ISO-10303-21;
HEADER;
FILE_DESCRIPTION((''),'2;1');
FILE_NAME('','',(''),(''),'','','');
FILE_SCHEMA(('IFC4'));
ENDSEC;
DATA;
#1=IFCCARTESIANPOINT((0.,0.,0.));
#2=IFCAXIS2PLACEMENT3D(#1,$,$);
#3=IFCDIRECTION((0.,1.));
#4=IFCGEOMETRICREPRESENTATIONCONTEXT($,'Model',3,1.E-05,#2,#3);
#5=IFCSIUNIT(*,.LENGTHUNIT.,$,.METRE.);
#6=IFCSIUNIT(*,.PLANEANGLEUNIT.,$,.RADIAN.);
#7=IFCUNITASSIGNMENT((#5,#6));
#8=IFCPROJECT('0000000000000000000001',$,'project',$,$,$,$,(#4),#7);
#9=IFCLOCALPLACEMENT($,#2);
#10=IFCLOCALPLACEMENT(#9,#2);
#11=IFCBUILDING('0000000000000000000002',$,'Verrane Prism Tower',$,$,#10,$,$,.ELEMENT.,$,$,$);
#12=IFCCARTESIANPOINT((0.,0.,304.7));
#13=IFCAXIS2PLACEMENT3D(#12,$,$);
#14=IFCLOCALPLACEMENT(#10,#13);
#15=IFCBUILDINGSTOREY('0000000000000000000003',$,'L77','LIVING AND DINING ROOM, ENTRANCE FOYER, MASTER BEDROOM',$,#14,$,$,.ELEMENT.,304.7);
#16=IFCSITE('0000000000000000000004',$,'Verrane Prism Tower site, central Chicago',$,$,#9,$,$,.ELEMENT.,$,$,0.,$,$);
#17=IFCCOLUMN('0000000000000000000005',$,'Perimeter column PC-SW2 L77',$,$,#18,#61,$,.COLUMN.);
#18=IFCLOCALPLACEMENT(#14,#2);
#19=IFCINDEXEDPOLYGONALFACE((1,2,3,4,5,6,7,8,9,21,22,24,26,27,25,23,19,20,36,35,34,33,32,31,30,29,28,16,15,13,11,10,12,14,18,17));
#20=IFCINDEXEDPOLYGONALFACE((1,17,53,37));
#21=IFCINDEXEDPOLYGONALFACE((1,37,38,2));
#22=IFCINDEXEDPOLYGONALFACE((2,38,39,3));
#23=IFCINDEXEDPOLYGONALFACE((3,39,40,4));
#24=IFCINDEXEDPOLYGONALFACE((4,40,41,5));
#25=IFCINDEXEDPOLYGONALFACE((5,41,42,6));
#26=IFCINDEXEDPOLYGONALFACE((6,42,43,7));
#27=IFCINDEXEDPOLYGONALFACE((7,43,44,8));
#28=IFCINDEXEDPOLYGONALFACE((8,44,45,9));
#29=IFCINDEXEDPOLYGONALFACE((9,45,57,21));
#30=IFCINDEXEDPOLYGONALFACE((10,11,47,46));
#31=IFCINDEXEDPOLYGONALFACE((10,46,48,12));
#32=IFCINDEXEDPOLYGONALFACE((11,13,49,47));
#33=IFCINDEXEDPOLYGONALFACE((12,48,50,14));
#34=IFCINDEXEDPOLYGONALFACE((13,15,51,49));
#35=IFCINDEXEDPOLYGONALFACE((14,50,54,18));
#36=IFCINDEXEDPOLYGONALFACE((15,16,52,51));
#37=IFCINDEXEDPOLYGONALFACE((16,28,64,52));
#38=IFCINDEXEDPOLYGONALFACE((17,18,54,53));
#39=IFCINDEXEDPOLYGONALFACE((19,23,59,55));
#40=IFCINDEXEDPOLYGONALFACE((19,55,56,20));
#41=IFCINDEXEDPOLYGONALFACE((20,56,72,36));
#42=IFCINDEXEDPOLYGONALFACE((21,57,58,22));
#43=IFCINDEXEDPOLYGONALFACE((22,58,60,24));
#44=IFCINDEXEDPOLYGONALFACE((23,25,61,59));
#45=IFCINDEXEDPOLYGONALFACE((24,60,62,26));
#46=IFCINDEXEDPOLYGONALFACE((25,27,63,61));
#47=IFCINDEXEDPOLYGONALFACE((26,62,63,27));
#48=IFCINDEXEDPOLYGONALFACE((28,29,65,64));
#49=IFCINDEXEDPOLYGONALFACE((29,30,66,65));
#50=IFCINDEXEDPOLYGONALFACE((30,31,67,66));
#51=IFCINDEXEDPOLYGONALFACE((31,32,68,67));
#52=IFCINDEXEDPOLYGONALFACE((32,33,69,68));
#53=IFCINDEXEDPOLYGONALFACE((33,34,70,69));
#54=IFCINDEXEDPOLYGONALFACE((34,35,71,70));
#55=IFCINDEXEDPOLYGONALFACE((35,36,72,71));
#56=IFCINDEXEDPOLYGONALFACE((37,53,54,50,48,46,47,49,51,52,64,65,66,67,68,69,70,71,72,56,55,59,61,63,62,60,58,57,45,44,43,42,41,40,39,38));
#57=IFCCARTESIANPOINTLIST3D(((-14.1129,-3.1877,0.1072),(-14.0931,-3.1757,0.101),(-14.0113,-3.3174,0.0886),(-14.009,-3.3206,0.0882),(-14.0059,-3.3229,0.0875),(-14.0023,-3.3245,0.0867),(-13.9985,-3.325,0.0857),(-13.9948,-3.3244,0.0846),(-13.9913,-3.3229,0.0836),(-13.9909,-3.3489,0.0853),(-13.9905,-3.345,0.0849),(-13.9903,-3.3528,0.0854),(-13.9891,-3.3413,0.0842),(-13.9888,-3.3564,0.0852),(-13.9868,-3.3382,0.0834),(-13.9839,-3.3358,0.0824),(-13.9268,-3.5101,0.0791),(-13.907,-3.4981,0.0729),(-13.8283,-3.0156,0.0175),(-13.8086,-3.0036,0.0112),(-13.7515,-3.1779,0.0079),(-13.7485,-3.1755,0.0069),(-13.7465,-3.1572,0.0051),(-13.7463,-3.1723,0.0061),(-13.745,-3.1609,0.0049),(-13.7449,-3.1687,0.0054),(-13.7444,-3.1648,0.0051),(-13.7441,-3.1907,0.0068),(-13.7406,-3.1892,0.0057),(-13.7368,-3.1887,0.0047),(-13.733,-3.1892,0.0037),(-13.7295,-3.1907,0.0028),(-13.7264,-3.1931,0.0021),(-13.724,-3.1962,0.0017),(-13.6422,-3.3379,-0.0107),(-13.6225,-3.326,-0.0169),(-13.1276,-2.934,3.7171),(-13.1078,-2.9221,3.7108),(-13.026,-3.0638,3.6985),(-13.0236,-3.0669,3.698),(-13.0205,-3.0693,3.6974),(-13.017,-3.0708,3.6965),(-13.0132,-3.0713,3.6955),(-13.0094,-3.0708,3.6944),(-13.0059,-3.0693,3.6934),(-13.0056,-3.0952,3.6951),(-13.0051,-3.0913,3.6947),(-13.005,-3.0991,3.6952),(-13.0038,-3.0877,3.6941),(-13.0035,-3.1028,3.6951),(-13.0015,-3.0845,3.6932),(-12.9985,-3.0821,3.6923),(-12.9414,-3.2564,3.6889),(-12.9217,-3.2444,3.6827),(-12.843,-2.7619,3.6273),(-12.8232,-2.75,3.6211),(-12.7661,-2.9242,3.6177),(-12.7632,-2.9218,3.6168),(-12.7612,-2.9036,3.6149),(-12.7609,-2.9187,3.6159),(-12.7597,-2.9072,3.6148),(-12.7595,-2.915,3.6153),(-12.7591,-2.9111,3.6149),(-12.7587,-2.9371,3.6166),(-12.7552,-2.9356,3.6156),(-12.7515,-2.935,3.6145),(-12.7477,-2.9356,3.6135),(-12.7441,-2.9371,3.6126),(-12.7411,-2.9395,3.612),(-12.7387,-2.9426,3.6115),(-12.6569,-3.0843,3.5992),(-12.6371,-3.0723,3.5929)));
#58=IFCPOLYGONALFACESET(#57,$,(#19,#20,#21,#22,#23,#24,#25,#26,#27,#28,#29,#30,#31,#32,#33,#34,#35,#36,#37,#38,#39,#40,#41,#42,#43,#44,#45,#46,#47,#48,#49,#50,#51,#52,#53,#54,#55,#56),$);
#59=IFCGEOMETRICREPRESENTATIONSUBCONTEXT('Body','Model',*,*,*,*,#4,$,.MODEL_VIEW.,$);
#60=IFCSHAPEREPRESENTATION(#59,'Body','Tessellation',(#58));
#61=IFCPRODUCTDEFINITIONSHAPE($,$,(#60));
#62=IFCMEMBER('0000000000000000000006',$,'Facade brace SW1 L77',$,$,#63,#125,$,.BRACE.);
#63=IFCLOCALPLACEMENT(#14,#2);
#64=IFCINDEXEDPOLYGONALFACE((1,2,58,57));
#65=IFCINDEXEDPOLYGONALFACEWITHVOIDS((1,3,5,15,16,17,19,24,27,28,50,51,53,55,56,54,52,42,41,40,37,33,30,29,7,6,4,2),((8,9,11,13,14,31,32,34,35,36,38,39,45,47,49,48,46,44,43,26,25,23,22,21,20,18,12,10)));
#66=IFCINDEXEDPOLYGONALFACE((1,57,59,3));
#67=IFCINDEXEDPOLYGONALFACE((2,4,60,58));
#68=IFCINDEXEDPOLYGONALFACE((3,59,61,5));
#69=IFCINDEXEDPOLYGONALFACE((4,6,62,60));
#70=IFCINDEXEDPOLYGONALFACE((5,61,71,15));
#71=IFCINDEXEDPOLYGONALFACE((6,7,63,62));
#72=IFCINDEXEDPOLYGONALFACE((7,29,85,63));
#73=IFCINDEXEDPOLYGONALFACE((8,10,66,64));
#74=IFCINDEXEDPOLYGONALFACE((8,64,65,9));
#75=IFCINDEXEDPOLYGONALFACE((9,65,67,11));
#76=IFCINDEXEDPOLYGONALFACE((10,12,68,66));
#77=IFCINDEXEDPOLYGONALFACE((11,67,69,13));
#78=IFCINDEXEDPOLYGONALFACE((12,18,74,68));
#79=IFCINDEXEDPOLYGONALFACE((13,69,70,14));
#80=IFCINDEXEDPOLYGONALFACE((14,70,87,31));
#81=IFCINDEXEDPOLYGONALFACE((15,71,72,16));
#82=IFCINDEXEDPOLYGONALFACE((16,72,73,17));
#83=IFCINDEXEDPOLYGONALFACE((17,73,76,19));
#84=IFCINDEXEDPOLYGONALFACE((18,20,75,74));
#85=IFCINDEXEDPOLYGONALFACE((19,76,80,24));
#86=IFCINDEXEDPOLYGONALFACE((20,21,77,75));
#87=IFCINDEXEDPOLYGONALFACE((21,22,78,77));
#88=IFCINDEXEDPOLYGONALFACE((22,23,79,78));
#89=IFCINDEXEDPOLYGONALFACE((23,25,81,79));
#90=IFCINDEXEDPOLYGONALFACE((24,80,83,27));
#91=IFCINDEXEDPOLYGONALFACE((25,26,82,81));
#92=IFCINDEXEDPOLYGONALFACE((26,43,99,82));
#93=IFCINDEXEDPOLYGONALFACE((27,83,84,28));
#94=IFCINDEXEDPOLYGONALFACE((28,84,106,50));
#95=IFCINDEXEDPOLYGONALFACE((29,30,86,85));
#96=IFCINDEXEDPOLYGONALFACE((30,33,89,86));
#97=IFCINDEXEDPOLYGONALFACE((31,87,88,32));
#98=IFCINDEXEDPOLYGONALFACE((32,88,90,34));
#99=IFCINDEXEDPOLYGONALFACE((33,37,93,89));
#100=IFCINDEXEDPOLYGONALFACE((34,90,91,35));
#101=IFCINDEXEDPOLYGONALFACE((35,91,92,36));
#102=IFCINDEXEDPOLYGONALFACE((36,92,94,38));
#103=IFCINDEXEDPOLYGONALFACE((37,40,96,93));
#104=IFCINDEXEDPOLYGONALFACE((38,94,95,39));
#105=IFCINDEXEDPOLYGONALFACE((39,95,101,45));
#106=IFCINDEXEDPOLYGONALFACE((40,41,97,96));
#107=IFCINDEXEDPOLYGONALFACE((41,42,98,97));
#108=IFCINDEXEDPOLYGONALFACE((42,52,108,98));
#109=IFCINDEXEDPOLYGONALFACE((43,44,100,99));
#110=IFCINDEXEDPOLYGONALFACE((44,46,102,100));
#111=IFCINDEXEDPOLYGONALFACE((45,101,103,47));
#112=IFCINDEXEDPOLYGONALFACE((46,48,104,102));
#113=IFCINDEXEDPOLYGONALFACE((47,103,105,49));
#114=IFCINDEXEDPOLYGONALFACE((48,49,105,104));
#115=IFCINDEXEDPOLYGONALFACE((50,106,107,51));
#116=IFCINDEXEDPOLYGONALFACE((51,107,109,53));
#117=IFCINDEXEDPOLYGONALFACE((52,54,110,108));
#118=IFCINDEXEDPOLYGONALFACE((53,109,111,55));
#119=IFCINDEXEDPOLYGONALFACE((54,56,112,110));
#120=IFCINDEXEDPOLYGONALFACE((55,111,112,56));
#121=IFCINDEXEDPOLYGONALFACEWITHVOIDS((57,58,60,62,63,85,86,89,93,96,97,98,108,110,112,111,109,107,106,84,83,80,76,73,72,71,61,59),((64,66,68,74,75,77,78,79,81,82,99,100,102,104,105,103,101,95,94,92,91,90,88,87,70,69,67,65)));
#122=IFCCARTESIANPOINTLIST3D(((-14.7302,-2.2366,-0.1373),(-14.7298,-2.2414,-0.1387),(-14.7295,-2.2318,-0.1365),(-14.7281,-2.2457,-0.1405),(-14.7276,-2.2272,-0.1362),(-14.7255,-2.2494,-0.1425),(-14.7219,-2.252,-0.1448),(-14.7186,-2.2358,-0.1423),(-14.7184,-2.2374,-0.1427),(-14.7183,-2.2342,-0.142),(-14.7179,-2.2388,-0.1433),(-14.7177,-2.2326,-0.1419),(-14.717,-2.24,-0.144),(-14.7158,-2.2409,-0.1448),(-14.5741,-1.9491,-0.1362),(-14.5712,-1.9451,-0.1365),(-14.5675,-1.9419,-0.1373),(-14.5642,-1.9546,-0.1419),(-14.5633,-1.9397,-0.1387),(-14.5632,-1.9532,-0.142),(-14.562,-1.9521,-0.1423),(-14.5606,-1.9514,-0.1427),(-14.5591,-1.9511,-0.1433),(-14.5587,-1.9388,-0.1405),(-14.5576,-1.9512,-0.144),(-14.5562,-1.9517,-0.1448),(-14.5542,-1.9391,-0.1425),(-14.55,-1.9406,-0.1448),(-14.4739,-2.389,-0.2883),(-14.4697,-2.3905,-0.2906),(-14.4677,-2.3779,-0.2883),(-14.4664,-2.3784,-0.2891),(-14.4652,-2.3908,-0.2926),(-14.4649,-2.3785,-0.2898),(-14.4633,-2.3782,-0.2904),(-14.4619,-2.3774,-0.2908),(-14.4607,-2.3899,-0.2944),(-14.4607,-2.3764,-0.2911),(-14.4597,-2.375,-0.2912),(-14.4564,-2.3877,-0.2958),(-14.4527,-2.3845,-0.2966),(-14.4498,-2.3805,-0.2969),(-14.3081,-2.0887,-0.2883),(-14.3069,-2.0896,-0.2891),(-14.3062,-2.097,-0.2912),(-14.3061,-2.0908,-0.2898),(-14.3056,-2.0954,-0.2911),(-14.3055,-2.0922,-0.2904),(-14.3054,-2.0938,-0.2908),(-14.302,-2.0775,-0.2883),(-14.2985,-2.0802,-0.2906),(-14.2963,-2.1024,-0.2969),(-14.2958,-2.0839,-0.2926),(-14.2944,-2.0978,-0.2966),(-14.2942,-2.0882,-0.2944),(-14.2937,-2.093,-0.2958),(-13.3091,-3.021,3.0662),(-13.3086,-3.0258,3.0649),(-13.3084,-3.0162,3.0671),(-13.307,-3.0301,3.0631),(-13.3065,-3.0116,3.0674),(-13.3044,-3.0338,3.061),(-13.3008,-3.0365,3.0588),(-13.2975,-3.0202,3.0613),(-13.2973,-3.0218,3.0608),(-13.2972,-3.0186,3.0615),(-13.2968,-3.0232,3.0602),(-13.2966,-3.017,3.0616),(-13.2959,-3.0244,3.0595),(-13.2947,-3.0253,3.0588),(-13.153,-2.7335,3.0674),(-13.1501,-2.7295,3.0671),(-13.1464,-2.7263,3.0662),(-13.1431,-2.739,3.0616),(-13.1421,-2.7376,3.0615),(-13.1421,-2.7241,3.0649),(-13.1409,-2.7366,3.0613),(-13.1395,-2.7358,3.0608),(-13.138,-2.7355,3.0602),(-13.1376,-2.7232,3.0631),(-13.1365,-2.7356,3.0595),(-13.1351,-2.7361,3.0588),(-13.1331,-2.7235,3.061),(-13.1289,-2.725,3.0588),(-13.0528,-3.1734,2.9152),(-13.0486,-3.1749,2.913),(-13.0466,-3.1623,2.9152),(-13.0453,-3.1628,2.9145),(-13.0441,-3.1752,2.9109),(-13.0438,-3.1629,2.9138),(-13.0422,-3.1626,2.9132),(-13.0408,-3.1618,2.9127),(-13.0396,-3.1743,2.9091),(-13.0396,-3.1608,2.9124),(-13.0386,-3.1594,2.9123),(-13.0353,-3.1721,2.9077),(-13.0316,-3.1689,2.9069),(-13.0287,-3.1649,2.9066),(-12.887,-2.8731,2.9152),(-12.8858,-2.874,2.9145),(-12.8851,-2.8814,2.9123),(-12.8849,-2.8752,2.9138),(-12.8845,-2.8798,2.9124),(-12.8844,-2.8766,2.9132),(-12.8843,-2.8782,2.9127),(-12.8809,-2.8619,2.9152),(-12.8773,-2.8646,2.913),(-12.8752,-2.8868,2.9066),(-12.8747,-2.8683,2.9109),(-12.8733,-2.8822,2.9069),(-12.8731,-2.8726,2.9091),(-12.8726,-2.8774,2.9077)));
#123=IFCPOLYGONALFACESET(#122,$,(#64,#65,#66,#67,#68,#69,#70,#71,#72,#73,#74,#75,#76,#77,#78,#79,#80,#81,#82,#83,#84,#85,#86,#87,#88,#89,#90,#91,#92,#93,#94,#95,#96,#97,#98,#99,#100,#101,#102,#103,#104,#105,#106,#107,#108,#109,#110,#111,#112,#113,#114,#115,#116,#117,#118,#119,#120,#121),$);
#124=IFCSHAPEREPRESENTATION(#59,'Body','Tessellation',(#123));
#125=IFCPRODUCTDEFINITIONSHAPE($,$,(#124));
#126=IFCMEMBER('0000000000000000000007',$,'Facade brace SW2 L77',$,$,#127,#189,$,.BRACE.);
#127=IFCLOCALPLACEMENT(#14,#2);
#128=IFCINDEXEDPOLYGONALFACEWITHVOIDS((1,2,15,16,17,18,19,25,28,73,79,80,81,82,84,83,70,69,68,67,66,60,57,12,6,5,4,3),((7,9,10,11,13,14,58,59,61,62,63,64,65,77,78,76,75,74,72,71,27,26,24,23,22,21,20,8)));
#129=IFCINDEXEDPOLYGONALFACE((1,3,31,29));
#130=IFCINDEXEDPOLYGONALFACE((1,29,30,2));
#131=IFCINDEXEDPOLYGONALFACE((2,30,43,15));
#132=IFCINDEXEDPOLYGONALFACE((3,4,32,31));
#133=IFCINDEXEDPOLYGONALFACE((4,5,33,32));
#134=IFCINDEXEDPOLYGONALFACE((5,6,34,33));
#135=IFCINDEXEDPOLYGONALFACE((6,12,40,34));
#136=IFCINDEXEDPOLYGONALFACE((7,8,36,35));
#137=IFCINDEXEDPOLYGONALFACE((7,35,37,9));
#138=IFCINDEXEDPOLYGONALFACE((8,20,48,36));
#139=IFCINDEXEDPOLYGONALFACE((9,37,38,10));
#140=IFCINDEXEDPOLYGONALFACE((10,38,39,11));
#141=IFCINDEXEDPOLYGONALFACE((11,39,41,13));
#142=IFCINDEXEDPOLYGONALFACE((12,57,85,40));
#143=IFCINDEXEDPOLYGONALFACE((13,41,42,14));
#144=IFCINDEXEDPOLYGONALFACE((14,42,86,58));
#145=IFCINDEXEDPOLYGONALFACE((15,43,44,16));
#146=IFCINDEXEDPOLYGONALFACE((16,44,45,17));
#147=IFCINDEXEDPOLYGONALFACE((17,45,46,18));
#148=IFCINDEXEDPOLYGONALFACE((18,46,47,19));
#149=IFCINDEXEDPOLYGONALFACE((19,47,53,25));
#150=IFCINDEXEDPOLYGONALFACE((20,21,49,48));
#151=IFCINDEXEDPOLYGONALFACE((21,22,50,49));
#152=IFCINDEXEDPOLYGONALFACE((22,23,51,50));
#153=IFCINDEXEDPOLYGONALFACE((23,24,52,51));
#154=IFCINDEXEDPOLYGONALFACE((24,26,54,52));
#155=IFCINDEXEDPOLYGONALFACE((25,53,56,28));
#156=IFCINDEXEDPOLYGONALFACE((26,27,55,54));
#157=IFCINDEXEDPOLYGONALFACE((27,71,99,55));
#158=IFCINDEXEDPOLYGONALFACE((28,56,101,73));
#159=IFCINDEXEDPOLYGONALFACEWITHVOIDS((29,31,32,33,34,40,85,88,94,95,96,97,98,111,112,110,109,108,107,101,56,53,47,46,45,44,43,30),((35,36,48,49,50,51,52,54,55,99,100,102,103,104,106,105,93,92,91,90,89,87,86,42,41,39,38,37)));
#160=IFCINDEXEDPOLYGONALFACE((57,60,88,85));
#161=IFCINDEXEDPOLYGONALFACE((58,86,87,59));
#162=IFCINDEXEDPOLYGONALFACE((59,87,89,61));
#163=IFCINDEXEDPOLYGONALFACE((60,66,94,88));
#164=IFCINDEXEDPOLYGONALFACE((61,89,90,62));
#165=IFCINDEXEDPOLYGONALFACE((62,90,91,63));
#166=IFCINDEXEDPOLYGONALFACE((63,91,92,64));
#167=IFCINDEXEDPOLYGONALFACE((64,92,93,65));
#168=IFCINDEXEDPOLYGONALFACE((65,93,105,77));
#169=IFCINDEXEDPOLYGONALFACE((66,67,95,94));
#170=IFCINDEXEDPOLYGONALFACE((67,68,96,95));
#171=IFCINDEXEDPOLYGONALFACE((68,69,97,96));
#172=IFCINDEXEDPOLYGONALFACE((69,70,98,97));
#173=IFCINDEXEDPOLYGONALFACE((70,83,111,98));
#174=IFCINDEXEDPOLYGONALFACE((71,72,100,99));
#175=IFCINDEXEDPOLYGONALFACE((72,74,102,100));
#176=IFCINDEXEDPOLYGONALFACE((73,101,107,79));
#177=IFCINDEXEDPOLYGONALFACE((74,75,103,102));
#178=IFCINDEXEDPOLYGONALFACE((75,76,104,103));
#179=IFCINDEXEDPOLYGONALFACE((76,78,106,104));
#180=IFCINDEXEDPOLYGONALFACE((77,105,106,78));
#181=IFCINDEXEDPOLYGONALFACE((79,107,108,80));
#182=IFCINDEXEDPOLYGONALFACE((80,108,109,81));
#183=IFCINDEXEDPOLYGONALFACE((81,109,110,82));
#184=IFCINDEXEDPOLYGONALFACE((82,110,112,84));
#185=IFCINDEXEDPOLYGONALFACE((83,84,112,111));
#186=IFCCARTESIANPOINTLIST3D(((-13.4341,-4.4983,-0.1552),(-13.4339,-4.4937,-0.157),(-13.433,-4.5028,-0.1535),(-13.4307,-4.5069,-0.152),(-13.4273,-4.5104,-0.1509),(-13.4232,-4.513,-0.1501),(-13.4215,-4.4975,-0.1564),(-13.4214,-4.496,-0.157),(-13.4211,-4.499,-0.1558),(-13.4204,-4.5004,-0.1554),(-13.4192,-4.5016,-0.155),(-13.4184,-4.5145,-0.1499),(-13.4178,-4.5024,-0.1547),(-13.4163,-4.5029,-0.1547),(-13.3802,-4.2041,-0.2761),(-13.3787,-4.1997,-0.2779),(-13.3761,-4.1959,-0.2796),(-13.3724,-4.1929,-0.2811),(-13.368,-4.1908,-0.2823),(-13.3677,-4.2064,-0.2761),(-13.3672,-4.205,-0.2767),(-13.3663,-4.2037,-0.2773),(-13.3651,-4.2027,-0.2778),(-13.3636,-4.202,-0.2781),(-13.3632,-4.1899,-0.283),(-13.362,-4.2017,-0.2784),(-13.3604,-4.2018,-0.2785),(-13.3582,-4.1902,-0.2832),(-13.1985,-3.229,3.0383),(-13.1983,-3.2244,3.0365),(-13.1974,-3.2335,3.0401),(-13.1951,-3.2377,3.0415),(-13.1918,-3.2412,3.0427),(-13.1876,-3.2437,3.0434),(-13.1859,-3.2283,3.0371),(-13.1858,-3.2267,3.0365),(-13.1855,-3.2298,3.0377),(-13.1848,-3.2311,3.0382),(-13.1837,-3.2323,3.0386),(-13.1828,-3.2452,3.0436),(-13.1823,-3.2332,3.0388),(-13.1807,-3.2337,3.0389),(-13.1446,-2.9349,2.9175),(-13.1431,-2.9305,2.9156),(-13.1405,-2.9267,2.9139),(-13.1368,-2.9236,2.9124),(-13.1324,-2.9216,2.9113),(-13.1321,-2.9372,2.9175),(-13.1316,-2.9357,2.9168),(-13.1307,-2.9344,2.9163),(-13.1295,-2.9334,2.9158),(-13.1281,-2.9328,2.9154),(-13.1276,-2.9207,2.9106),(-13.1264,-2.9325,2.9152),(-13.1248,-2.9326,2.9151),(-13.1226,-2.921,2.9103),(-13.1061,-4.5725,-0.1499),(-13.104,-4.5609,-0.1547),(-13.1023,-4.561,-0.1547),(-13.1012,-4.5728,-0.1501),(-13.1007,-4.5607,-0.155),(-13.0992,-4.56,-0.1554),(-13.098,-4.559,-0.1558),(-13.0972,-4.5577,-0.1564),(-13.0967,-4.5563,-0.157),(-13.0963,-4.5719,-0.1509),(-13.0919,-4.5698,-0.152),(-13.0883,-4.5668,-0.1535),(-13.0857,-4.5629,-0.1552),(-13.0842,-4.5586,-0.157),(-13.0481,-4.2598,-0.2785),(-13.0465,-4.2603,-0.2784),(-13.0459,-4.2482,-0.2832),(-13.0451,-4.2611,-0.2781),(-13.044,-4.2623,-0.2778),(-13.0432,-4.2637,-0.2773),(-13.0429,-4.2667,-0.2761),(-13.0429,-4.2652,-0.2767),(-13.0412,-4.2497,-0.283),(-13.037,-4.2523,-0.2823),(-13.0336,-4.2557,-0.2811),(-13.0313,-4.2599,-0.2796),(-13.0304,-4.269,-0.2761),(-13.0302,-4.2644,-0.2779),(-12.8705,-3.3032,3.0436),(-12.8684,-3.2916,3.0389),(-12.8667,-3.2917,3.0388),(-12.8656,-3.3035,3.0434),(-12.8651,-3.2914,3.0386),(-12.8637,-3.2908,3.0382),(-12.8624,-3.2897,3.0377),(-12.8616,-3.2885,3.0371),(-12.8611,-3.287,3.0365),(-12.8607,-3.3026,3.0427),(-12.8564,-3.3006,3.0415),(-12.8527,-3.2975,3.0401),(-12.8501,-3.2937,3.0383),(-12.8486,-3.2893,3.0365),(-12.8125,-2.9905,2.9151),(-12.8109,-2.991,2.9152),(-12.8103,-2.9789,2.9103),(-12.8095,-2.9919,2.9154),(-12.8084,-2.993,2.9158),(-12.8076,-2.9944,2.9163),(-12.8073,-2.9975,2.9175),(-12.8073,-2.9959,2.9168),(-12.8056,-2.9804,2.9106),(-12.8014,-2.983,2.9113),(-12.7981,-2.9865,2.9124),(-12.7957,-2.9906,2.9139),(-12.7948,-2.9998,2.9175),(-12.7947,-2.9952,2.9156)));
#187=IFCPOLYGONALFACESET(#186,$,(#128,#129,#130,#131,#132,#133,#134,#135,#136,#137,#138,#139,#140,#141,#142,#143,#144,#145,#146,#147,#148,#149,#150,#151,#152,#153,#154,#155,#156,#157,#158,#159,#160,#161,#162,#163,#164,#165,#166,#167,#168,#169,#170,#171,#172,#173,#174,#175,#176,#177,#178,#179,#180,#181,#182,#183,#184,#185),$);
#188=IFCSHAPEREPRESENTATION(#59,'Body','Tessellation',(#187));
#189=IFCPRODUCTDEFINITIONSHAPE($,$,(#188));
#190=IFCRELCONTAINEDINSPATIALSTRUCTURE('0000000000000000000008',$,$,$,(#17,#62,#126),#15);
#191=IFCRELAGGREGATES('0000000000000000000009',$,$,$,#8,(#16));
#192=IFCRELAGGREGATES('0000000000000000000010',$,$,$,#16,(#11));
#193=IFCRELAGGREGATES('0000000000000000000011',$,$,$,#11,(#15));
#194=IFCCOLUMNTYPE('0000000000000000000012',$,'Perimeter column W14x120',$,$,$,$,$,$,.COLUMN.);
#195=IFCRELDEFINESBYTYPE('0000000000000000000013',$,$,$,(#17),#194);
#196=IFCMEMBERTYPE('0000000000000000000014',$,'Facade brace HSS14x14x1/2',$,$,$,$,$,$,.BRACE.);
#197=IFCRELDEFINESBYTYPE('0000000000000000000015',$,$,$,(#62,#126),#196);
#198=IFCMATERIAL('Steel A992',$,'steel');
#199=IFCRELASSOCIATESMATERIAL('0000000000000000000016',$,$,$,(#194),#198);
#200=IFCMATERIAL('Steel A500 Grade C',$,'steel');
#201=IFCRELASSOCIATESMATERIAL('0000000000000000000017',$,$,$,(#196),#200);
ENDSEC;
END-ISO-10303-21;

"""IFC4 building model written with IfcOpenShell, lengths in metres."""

from ifc_helpers import new_model, si_unit, direction, frame, origin, origin_2d, place, context, subcontext, project, spatial, hollow_rectangle, i_section, extrude, material, material_profile, profile_set, type_object, element, save


model = new_model("IFC4")

# Units and contexts
model_context = context("Model", 3, precision=1e-05, world=origin(), true_north=direction((0.0, 1.0)))
body_context = subcontext(model_context, "Body", "Model", "MODEL_VIEW")
ifc_project = project(units=[si_unit("LENGTHUNIT", "METRE"), si_unit("PLANEANGLEUNIT", "RADIAN")], contexts=[model_context])

# Site, building, storey
site_placement = place(None, origin())
site = spatial("IfcSite", under=ifc_project, at=site_placement, Name="Verrane Prism Tower site, central Chicago", CompositionType="ELEMENT", RefElevation=0.0)
building_placement = place(site_placement, origin())
building = spatial("IfcBuilding", under=site, at=building_placement, Name="Verrane Prism Tower", CompositionType="ELEMENT")
storey_placement = place(building_placement, frame((0.0, 0.0, 304.7)))
storey = spatial("IfcBuildingStorey", under=building, at=storey_placement, Name="L77", Description="LIVING AND DINING ROOM, ENTRANCE FOYER, MASTER BEDROOM", CompositionType="ELEMENT", Elevation=304.7)

# Column
ifc_material_1 = material(Name="Steel A992", Category="steel")
ifc_material_profile_1 = material_profile(ifc_material_1, i_section(OverallWidth=0.3733, OverallDepth=0.3684, WebThickness=0.0149, FlangeThickness=0.0239, FilletRadius=0.0151, at=origin_2d()), Name="W14x120")
ifc_profile_set_1 = profile_set([ifc_material_profile_1], Name="Steel A992")
column_type = type_object("IfcColumnType", Name="Perimeter column W14x120", PredefinedType="COLUMN", material=ifc_profile_set_1)
column_placement = place(storey_placement, frame((-13.8677, -3.2568, 0.0452), z_axis=(0.262724, 0.067634, 0.962498), x_axis=(-0.498583, 0.863555, 0.075412)))
element("IfcColumn", 1, at=column_placement, inside=storey, type_object=column_type, Name="Perimeter column PC-SW2 L77", PredefinedType="COLUMN", context=body_context, shape_type="SweptSolid", body=[
    extrude(i_section(OverallWidth=0.3733, OverallDepth=0.3684, WebThickness=0.0149, FlangeThickness=0.0239, FilletRadius=0.0151, at=origin_2d()), origin(), (0.0, 0.0, 1.0), 3.7505),
])

# Members
ifc_material_2 = material(Name="Steel A500 Grade C", Category="steel")
ifc_material_profile_2 = material_profile(ifc_material_2, hollow_rectangle(XDim=0.3557, YDim=0.3557, WallThickness=0.0127, InnerFilletRadius=0.0063, OuterFilletRadius=0.019, at=origin_2d()), Name="HSS14x14x1/2")
ifc_profile_set_2 = profile_set([ifc_material_profile_2], Name="Steel A500 Grade C")
member_type_1 = type_object("IfcMemberType", Name="Facade brace HSS14x14x1/2", PredefinedType="BRACE", material=ifc_profile_set_2)
member_1_placement = place(storey_placement, frame((-14.512, -2.1648, -0.2166), z_axis=(0.395708, -0.218418, 0.892025), x_axis=(0.48324, 0.875488, 0.0)))
element("IfcMember", 2, at=member_1_placement, inside=storey, type_object=member_type_1, Name="Facade brace SW1 L77", PredefinedType="BRACE", context=body_context, shape_type="SweptSolid", body=[
    extrude(hollow_rectangle(XDim=0.3557, YDim=0.3557, WallThickness=0.0127, InnerFilletRadius=0.0063, OuterFilletRadius=0.019, at=origin_2d()), origin(), (0.0, 0.0, 1.0), 3.5913),
])
member_2_placement = place(storey_placement, frame((-13.2322, -4.3813, -0.2166), z_axis=(0.068394, 0.368479, 0.927117), x_axis=(-0.983207, 0.182496, 0.0)))
element("IfcMember", 3, at=member_2_placement, inside=storey, type_object=member_type_1, Name="Facade brace SW2 L77", PredefinedType="BRACE", context=body_context, shape_type="SweptSolid", body=[
    extrude(hollow_rectangle(XDim=0.3557, YDim=0.3557, WallThickness=0.0127, InnerFilletRadius=0.0063, OuterFilletRadius=0.019, at=origin_2d()), origin(), (0.0, 0.0, 1.0), 3.4446),
])

save(model, "model.ifc")
